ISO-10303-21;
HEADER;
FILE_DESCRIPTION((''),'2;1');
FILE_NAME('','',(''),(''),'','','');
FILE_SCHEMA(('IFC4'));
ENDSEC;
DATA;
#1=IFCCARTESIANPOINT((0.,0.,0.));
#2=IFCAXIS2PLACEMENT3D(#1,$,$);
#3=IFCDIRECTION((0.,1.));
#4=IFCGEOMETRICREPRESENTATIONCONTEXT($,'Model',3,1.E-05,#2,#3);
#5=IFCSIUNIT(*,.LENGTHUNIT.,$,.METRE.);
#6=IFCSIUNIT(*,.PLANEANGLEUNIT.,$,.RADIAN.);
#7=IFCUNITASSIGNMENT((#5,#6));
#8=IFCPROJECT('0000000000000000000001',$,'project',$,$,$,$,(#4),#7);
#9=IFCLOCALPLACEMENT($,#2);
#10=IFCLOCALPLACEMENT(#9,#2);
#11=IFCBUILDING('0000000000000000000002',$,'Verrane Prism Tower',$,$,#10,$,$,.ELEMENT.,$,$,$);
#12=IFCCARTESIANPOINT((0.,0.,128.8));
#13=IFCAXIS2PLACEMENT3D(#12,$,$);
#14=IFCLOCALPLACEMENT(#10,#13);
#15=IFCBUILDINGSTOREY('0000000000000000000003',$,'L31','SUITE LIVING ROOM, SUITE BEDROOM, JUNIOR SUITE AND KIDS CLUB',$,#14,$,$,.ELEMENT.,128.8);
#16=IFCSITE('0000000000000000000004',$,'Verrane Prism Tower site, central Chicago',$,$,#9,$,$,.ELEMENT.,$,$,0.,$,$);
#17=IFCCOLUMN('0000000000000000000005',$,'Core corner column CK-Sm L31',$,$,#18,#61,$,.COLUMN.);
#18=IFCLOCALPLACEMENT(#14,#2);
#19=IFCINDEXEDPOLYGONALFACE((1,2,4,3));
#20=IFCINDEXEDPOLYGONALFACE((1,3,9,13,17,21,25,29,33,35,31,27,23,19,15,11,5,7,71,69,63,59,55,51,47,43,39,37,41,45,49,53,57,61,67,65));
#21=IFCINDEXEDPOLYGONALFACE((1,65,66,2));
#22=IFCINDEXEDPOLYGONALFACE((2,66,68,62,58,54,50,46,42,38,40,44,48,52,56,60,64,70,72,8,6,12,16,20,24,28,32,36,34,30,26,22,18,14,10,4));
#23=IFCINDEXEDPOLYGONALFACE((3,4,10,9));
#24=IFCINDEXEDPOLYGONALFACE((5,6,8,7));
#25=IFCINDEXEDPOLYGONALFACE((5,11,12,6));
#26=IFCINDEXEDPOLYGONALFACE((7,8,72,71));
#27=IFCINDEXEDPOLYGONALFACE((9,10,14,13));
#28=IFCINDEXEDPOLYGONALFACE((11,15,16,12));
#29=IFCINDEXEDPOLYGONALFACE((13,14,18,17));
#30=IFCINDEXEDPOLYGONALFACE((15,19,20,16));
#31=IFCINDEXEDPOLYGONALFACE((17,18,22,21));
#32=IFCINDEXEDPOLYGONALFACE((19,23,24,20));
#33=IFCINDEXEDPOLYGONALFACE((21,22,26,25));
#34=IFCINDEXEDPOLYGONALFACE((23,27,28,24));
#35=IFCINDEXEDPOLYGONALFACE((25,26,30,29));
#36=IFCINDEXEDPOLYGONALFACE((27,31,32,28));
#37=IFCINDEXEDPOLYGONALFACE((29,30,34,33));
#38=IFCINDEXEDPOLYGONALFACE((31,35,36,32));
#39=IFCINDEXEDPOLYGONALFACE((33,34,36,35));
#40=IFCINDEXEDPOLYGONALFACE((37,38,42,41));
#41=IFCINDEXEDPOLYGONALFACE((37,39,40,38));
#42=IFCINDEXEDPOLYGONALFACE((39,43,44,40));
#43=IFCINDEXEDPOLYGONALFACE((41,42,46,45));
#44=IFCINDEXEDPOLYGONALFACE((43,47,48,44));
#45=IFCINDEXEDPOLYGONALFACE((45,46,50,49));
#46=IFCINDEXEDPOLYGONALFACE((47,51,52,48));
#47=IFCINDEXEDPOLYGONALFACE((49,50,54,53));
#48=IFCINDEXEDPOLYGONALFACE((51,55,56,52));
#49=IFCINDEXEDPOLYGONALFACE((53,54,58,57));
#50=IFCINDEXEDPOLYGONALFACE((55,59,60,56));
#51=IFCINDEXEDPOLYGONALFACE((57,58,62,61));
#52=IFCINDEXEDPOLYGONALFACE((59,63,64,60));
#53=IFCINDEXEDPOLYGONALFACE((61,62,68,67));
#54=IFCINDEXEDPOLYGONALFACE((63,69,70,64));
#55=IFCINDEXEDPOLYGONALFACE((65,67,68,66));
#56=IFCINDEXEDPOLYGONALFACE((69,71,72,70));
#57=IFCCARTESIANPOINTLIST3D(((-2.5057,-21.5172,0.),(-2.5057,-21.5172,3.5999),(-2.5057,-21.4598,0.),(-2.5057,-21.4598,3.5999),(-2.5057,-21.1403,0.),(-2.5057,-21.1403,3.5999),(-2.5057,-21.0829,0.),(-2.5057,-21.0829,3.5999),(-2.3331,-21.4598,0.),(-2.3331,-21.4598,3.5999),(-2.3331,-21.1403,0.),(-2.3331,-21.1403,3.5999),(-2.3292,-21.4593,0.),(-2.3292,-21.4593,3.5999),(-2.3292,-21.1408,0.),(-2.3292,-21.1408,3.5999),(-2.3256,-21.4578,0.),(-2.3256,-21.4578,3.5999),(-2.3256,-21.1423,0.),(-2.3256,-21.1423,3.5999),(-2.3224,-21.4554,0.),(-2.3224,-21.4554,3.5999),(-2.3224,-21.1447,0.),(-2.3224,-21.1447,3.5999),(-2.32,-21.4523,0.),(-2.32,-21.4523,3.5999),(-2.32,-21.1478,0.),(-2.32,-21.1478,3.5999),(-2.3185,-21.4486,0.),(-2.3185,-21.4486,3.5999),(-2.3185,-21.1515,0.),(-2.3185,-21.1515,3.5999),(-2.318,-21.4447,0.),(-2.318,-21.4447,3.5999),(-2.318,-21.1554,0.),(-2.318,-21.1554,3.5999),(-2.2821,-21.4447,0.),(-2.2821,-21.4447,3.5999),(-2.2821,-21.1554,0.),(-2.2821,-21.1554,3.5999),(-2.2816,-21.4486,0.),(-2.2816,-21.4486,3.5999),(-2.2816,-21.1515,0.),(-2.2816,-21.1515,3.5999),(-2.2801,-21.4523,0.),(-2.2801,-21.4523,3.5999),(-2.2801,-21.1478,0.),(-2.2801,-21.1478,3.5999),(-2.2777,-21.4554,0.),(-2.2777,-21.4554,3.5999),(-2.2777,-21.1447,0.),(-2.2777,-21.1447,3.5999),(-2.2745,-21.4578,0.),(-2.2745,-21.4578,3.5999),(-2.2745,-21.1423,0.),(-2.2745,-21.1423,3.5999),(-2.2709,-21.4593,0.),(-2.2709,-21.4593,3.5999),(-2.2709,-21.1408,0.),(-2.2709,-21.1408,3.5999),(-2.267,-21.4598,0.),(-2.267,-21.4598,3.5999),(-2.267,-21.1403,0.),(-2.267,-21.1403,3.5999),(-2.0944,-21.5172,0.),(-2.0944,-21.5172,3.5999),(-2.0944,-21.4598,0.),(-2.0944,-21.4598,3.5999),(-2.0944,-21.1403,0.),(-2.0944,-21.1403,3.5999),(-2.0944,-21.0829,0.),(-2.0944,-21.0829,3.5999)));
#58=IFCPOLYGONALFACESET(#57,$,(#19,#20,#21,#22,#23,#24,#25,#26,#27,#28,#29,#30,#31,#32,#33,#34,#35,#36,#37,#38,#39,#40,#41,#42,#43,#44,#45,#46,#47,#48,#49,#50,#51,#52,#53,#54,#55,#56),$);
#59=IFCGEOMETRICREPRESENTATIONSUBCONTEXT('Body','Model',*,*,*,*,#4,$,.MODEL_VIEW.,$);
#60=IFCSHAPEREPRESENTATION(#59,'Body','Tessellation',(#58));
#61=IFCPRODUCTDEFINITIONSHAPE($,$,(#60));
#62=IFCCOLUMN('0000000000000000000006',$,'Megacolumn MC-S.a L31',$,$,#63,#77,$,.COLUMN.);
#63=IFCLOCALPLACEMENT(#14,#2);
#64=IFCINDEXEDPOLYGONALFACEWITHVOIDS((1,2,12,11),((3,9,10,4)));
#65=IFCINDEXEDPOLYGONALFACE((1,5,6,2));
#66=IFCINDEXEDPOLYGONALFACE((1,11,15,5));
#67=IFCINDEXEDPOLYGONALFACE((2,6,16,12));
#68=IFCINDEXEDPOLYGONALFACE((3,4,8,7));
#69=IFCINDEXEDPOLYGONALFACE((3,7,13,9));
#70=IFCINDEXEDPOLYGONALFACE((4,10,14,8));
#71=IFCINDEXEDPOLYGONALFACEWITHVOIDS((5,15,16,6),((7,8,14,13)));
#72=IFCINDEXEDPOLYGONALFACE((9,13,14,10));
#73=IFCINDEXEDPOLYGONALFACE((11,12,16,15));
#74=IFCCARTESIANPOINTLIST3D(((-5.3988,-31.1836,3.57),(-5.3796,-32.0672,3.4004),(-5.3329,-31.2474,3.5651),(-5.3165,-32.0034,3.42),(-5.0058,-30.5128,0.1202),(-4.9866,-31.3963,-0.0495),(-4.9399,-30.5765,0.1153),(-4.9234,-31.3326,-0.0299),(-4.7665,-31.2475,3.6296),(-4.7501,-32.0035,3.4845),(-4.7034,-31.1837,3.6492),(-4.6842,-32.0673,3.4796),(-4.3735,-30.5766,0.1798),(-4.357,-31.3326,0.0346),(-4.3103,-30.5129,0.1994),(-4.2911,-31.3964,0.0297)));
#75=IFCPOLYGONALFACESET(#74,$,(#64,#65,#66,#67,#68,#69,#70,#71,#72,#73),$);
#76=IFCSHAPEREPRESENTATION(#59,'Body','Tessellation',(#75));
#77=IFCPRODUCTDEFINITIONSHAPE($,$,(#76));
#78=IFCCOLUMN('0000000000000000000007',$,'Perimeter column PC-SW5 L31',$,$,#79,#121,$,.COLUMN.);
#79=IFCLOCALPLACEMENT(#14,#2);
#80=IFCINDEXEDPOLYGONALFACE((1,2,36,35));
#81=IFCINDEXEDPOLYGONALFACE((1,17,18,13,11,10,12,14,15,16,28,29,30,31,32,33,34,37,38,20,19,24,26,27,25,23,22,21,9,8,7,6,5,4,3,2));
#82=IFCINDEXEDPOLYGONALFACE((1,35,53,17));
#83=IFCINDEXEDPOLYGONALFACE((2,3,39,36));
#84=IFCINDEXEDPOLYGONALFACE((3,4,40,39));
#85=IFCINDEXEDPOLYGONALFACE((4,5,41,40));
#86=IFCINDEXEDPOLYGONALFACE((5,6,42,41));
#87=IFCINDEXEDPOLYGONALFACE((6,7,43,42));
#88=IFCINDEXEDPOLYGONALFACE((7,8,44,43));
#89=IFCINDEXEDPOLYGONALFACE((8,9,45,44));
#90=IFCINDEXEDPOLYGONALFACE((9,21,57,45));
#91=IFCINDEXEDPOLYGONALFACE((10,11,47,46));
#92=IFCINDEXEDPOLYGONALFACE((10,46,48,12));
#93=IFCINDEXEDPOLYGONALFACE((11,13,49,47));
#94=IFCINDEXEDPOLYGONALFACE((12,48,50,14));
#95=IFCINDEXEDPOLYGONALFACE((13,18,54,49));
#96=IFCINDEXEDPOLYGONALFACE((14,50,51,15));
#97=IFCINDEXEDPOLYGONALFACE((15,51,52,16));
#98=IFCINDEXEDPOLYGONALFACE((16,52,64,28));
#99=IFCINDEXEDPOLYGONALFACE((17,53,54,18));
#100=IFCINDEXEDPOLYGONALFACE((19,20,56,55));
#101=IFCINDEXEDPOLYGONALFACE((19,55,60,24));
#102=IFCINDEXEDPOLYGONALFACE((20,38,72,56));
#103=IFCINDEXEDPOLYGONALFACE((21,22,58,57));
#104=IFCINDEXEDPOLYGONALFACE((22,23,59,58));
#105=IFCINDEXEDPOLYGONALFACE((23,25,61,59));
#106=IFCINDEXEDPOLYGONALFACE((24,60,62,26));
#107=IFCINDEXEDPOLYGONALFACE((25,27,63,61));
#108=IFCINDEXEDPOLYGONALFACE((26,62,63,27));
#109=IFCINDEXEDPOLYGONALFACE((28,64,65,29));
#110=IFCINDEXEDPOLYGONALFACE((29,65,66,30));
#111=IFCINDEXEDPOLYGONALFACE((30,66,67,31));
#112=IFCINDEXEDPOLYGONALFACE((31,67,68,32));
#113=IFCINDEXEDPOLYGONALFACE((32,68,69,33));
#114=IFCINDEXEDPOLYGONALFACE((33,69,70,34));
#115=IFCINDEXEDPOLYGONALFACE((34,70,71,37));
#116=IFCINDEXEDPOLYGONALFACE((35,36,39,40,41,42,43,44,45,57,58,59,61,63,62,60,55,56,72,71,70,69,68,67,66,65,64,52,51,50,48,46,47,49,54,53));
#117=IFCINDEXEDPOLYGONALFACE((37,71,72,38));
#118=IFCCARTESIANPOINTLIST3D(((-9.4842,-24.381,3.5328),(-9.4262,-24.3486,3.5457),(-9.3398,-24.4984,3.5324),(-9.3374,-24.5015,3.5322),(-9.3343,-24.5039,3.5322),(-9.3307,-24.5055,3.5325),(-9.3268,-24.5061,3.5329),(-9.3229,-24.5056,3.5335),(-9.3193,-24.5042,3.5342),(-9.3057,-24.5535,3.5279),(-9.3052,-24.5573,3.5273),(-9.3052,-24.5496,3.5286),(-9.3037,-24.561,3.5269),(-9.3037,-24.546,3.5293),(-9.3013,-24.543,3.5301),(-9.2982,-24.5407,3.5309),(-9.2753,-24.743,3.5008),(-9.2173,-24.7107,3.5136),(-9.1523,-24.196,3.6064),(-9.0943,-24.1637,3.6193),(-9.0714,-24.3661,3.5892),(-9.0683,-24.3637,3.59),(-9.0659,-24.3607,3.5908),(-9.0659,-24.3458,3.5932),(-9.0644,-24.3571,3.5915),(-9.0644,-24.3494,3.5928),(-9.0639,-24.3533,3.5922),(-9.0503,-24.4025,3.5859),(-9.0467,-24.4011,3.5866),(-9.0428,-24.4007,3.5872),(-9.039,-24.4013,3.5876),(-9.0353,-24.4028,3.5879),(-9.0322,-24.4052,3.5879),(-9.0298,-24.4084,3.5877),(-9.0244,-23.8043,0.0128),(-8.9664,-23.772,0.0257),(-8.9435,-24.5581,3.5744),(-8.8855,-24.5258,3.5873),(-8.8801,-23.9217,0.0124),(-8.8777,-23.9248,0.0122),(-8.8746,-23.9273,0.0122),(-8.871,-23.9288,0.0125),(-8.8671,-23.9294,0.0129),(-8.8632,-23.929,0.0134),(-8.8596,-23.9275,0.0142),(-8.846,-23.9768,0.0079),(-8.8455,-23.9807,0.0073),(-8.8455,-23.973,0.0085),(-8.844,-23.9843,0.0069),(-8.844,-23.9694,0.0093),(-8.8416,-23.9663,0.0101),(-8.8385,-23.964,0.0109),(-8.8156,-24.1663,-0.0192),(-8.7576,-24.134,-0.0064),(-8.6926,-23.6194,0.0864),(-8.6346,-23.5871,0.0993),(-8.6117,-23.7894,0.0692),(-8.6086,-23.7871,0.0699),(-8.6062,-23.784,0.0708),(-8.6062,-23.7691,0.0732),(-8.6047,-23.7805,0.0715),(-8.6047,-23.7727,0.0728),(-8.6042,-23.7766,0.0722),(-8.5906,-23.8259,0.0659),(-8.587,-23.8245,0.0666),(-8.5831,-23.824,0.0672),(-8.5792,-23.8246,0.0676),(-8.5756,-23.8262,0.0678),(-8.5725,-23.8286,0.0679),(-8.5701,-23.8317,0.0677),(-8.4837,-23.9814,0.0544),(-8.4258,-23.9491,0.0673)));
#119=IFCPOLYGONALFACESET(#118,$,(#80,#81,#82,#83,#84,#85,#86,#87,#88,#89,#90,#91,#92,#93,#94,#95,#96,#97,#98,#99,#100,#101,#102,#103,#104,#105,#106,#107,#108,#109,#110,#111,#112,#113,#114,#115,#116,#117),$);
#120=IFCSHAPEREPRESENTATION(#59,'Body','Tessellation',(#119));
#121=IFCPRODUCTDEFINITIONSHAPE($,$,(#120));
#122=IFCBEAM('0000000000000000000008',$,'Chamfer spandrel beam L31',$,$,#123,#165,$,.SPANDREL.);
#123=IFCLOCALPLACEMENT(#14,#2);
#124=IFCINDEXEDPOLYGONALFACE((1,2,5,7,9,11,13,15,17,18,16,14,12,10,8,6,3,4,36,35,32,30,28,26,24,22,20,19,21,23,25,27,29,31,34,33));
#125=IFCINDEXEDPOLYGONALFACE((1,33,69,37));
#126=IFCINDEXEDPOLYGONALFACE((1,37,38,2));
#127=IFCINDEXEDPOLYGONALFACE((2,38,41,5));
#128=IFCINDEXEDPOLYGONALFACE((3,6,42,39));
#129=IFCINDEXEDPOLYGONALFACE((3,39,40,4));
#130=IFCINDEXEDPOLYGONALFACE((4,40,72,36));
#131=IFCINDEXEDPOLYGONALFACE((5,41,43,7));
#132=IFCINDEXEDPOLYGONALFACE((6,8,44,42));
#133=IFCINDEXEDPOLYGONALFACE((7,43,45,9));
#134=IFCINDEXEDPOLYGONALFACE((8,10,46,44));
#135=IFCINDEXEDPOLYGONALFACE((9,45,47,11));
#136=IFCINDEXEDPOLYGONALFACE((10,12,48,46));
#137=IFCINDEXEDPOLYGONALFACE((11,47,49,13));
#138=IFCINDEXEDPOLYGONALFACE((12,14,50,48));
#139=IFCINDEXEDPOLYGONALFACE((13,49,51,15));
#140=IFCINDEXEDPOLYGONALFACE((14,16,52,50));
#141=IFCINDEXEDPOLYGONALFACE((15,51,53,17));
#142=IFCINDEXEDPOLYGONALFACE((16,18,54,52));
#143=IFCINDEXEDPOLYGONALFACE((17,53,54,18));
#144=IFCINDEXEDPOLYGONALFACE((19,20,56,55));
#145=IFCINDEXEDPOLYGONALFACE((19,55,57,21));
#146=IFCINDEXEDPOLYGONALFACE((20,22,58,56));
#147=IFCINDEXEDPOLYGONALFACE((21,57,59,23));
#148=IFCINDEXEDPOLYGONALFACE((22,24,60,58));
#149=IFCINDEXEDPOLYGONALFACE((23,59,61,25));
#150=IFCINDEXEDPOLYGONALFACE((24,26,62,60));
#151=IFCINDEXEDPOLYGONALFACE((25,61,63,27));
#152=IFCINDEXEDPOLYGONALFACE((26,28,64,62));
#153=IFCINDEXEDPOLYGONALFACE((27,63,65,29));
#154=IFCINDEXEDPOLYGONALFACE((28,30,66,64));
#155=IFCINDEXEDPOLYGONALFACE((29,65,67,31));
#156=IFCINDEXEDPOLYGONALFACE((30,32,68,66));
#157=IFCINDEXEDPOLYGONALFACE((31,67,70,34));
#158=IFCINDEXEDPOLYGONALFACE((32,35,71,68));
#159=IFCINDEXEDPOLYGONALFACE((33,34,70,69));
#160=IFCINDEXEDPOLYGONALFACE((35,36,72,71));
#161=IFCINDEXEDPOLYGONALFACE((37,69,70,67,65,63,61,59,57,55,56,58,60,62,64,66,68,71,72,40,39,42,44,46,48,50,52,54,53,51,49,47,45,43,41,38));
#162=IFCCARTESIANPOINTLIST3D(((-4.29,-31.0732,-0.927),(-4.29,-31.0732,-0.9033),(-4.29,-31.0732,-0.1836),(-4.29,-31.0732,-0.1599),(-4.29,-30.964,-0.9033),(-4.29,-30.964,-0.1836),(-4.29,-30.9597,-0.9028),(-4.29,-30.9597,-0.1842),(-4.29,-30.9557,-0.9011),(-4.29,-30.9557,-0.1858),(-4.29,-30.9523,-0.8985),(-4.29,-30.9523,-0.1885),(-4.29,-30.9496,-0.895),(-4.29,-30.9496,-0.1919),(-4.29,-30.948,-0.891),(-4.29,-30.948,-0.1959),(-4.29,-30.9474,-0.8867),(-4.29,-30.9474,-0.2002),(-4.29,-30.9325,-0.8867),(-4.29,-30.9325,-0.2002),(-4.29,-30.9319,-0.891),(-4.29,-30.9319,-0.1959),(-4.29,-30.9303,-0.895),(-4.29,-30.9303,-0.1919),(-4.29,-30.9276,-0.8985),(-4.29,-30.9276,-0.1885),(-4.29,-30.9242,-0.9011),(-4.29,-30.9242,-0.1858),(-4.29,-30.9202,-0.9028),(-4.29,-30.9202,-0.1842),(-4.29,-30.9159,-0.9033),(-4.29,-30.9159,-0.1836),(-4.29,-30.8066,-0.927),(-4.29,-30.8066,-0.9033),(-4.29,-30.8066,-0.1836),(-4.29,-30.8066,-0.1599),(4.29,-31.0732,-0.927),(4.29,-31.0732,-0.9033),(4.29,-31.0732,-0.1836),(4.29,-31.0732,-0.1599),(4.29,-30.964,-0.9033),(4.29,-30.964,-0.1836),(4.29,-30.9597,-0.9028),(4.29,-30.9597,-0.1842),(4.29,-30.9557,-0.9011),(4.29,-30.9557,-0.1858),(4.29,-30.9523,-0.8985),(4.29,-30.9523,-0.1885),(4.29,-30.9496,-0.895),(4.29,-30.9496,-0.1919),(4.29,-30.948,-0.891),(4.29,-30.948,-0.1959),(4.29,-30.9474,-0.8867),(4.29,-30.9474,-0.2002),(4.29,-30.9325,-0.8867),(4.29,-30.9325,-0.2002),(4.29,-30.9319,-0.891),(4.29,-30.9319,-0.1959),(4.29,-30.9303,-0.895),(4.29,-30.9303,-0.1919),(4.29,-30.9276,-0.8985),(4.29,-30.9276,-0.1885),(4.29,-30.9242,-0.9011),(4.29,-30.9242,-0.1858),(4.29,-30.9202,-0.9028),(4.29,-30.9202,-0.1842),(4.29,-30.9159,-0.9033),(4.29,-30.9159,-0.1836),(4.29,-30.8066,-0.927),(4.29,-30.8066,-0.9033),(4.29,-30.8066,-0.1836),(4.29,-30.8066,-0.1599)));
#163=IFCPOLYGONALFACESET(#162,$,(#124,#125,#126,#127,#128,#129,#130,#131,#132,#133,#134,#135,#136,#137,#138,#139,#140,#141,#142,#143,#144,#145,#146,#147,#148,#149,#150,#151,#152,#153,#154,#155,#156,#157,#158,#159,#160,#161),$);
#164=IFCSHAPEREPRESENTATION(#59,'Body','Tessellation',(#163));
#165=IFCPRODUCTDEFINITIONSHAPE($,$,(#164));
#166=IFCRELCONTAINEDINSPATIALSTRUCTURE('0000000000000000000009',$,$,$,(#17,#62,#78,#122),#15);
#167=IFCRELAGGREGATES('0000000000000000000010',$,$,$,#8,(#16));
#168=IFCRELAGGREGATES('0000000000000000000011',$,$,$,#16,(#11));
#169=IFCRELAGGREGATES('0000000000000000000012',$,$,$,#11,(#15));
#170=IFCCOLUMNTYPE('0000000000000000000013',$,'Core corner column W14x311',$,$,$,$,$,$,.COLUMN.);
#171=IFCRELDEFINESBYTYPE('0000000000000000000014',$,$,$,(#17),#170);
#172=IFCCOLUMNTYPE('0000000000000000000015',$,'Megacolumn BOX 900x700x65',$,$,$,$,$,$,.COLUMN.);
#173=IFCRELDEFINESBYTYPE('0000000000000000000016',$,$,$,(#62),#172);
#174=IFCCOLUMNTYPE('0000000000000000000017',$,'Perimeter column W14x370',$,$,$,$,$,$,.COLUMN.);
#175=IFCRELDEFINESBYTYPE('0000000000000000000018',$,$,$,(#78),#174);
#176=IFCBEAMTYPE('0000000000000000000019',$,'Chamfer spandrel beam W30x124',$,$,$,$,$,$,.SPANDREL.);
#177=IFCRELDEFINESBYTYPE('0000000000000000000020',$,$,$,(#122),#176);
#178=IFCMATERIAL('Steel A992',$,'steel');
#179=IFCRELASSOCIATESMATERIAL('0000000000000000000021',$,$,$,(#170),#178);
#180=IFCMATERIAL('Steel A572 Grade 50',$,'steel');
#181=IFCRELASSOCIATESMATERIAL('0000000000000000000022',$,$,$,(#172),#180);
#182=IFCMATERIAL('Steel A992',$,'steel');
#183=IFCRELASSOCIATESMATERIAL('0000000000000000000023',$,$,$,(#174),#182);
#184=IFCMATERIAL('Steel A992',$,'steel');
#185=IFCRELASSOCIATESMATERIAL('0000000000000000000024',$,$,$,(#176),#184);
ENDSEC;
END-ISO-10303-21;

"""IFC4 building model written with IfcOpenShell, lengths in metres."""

from ifc_helpers import new_model, si_unit, direction, frame, origin, origin_2d, place, context, subcontext, project, spatial, hollow_rectangle, i_section, extrude, material, material_profile, profile_set, type_object, element, save


model = new_model("IFC4")

# Units and contexts
model_context = context("Model", 3, precision=1e-05, world=origin(), true_north=direction((0.0, 1.0)))
body_context = subcontext(model_context, "Body", "Model", "MODEL_VIEW")
ifc_project = project(units=[si_unit("LENGTHUNIT", "METRE"), si_unit("PLANEANGLEUNIT", "RADIAN")], contexts=[model_context])

# Site, building, storey
site_placement = place(None, origin())
site = spatial("IfcSite", under=ifc_project, at=site_placement, Name="Verrane Prism Tower site, central Chicago", CompositionType="ELEMENT", RefElevation=0.0)
building_placement = place(site_placement, origin())
building = spatial("IfcBuilding", under=site, at=building_placement, Name="Verrane Prism Tower", CompositionType="ELEMENT")
storey_placement = place(building_placement, frame((0.0, 0.0, 128.8)))
storey = spatial("IfcBuildingStorey", under=building, at=storey_placement, Name="L31", Description="SUITE LIVING ROOM, SUITE BEDROOM, JUNIOR SUITE AND KIDS CLUB", CompositionType="ELEMENT", Elevation=128.8)

# Columns
ifc_material_1 = material(Name="Steel A992", Category="steel")
ifc_material_profile_1 = material_profile(ifc_material_1, i_section(OverallWidth=0.4114, OverallDepth=0.4343, WebThickness=0.0359, FlangeThickness=0.0574, FilletRadius=0.0151, at=origin_2d()), Name="W14x311")
ifc_profile_set_1 = profile_set([ifc_material_profile_1], Name="Steel A992")
column_type_1 = type_object("IfcColumnType", Name="Core corner column W14x311", PredefinedType="COLUMN", material=ifc_profile_set_1)
column_1_placement = place(storey_placement, frame((-2.3, -21.3, 0.0), z_axis=(0.0, 0.0, 1.0), x_axis=(-1.0, 0.0, 0.0)))
element("IfcColumn", 1, at=column_1_placement, inside=storey, type_object=column_type_1, Name="Core corner column CK-Sm L31", PredefinedType="COLUMN", context=body_context, shape_type="SweptSolid", body=[
    extrude(i_section(OverallWidth=0.4114, OverallDepth=0.4343, WebThickness=0.0359, FlangeThickness=0.0574, FilletRadius=0.0151, at=origin_2d()), origin(), (0.0, 0.0, 1.0), 3.5999),
])
ifc_material_2 = material(Name="Steel A572 Grade 50", Category="steel")
ifc_material_profile_2 = material_profile(ifc_material_2, hollow_rectangle(XDim=0.7, YDim=0.8999, WallThickness=0.0649, at=origin_2d()), Name="BOX 900x700x65")
ifc_profile_set_2 = profile_set([ifc_material_profile_2], Name="Steel A572 Grade 50")
column_type_2 = type_object("IfcColumnType", Name="Megacolumn BOX 900x700x65", PredefinedType="COLUMN", material=ifc_profile_set_2)
column_2_placement = place(storey_placement, frame((-4.6484, -30.9546, 0.075), z_axis=(-0.111146, -0.189707, 0.975529), x_axis=(-0.993575, 0.000126, -0.113177)))
element("IfcColumn", 2, at=column_2_placement, inside=storey, type_object=column_type_2, Name="Megacolumn MC-S.a L31", PredefinedType="COLUMN", context=body_context, shape_type="SweptSolid", body=[
    extrude(hollow_rectangle(XDim=0.7, YDim=0.8999, WallThickness=0.0649, at=origin_2d()), origin(), (0.0, 0.0, 1.0), 3.5364),
])
ifc_material_3 = material(Name="Steel A992", Category="steel")
ifc_material_profile_3 = material_profile(ifc_material_3, i_section(OverallWidth=0.4192, OverallDepth=0.4546, WebThickness=0.0422, FlangeThickness=0.0676, FilletRadius=0.0151, at=origin_2d()), Name="W14x370")
ifc_profile_set_3 = profile_set([ifc_material_profile_3], Name="Steel A992")
column_type_3 = type_object("IfcColumnType", Name="Perimeter column W14x370", PredefinedType="COLUMN", material=ifc_profile_set_3)
column_3_placement = place(storey_placement, frame((-8.7251, -23.8767, 0.04), z_axis=(-0.127825, -0.160342, 0.97875), x_axis=(-0.498222, 0.863675, 0.076422)))
element("IfcColumn", 3, at=column_3_placement, inside=storey, type_object=column_type_3, Name="Perimeter column PC-SW5 L31", PredefinedType="COLUMN", context=body_context, shape_type="SweptSolid", body=[
    extrude(i_section(OverallWidth=0.4192, OverallDepth=0.4546, WebThickness=0.0422, FlangeThickness=0.0676, FilletRadius=0.0151, at=origin_2d()), origin(), (0.0, 0.0, 1.0), 3.5964),
])

# Beam
ifc_material_4 = material(Name="Steel A992", Category="steel")
ifc_material_profile_4 = material_profile(ifc_material_4, i_section(OverallWidth=0.2666, OverallDepth=0.7671, WebThickness=0.0149, FlangeThickness=0.0237, FilletRadius=0.0166, at=origin_2d()), Name="W30x124")
ifc_profile_set_4 = profile_set([ifc_material_profile_4], Name="Steel A992")
beam_type_1 = type_object("IfcBeamType", Name="Chamfer spandrel beam W30x124", PredefinedType="SPANDREL", material=ifc_profile_set_4)
beam_1_placement = place(storey_placement, frame((-4.29, -30.9399, -0.5435), z_axis=(1.0, 0.0, 0.0), x_axis=(0.0, 1.0, 0.0)))
element("IfcBeam", 4, at=beam_1_placement, inside=storey, type_object=beam_type_1, Name="Chamfer spandrel beam L31", PredefinedType="SPANDREL", context=body_context, shape_type="SweptSolid", body=[
    extrude(i_section(OverallWidth=0.2666, OverallDepth=0.7671, WebThickness=0.0149, FlangeThickness=0.0237, FilletRadius=0.0166, at=origin_2d()), origin(), (0.0, 0.0, 1.0), 8.5801),
])

save(model, "model.ifc")
